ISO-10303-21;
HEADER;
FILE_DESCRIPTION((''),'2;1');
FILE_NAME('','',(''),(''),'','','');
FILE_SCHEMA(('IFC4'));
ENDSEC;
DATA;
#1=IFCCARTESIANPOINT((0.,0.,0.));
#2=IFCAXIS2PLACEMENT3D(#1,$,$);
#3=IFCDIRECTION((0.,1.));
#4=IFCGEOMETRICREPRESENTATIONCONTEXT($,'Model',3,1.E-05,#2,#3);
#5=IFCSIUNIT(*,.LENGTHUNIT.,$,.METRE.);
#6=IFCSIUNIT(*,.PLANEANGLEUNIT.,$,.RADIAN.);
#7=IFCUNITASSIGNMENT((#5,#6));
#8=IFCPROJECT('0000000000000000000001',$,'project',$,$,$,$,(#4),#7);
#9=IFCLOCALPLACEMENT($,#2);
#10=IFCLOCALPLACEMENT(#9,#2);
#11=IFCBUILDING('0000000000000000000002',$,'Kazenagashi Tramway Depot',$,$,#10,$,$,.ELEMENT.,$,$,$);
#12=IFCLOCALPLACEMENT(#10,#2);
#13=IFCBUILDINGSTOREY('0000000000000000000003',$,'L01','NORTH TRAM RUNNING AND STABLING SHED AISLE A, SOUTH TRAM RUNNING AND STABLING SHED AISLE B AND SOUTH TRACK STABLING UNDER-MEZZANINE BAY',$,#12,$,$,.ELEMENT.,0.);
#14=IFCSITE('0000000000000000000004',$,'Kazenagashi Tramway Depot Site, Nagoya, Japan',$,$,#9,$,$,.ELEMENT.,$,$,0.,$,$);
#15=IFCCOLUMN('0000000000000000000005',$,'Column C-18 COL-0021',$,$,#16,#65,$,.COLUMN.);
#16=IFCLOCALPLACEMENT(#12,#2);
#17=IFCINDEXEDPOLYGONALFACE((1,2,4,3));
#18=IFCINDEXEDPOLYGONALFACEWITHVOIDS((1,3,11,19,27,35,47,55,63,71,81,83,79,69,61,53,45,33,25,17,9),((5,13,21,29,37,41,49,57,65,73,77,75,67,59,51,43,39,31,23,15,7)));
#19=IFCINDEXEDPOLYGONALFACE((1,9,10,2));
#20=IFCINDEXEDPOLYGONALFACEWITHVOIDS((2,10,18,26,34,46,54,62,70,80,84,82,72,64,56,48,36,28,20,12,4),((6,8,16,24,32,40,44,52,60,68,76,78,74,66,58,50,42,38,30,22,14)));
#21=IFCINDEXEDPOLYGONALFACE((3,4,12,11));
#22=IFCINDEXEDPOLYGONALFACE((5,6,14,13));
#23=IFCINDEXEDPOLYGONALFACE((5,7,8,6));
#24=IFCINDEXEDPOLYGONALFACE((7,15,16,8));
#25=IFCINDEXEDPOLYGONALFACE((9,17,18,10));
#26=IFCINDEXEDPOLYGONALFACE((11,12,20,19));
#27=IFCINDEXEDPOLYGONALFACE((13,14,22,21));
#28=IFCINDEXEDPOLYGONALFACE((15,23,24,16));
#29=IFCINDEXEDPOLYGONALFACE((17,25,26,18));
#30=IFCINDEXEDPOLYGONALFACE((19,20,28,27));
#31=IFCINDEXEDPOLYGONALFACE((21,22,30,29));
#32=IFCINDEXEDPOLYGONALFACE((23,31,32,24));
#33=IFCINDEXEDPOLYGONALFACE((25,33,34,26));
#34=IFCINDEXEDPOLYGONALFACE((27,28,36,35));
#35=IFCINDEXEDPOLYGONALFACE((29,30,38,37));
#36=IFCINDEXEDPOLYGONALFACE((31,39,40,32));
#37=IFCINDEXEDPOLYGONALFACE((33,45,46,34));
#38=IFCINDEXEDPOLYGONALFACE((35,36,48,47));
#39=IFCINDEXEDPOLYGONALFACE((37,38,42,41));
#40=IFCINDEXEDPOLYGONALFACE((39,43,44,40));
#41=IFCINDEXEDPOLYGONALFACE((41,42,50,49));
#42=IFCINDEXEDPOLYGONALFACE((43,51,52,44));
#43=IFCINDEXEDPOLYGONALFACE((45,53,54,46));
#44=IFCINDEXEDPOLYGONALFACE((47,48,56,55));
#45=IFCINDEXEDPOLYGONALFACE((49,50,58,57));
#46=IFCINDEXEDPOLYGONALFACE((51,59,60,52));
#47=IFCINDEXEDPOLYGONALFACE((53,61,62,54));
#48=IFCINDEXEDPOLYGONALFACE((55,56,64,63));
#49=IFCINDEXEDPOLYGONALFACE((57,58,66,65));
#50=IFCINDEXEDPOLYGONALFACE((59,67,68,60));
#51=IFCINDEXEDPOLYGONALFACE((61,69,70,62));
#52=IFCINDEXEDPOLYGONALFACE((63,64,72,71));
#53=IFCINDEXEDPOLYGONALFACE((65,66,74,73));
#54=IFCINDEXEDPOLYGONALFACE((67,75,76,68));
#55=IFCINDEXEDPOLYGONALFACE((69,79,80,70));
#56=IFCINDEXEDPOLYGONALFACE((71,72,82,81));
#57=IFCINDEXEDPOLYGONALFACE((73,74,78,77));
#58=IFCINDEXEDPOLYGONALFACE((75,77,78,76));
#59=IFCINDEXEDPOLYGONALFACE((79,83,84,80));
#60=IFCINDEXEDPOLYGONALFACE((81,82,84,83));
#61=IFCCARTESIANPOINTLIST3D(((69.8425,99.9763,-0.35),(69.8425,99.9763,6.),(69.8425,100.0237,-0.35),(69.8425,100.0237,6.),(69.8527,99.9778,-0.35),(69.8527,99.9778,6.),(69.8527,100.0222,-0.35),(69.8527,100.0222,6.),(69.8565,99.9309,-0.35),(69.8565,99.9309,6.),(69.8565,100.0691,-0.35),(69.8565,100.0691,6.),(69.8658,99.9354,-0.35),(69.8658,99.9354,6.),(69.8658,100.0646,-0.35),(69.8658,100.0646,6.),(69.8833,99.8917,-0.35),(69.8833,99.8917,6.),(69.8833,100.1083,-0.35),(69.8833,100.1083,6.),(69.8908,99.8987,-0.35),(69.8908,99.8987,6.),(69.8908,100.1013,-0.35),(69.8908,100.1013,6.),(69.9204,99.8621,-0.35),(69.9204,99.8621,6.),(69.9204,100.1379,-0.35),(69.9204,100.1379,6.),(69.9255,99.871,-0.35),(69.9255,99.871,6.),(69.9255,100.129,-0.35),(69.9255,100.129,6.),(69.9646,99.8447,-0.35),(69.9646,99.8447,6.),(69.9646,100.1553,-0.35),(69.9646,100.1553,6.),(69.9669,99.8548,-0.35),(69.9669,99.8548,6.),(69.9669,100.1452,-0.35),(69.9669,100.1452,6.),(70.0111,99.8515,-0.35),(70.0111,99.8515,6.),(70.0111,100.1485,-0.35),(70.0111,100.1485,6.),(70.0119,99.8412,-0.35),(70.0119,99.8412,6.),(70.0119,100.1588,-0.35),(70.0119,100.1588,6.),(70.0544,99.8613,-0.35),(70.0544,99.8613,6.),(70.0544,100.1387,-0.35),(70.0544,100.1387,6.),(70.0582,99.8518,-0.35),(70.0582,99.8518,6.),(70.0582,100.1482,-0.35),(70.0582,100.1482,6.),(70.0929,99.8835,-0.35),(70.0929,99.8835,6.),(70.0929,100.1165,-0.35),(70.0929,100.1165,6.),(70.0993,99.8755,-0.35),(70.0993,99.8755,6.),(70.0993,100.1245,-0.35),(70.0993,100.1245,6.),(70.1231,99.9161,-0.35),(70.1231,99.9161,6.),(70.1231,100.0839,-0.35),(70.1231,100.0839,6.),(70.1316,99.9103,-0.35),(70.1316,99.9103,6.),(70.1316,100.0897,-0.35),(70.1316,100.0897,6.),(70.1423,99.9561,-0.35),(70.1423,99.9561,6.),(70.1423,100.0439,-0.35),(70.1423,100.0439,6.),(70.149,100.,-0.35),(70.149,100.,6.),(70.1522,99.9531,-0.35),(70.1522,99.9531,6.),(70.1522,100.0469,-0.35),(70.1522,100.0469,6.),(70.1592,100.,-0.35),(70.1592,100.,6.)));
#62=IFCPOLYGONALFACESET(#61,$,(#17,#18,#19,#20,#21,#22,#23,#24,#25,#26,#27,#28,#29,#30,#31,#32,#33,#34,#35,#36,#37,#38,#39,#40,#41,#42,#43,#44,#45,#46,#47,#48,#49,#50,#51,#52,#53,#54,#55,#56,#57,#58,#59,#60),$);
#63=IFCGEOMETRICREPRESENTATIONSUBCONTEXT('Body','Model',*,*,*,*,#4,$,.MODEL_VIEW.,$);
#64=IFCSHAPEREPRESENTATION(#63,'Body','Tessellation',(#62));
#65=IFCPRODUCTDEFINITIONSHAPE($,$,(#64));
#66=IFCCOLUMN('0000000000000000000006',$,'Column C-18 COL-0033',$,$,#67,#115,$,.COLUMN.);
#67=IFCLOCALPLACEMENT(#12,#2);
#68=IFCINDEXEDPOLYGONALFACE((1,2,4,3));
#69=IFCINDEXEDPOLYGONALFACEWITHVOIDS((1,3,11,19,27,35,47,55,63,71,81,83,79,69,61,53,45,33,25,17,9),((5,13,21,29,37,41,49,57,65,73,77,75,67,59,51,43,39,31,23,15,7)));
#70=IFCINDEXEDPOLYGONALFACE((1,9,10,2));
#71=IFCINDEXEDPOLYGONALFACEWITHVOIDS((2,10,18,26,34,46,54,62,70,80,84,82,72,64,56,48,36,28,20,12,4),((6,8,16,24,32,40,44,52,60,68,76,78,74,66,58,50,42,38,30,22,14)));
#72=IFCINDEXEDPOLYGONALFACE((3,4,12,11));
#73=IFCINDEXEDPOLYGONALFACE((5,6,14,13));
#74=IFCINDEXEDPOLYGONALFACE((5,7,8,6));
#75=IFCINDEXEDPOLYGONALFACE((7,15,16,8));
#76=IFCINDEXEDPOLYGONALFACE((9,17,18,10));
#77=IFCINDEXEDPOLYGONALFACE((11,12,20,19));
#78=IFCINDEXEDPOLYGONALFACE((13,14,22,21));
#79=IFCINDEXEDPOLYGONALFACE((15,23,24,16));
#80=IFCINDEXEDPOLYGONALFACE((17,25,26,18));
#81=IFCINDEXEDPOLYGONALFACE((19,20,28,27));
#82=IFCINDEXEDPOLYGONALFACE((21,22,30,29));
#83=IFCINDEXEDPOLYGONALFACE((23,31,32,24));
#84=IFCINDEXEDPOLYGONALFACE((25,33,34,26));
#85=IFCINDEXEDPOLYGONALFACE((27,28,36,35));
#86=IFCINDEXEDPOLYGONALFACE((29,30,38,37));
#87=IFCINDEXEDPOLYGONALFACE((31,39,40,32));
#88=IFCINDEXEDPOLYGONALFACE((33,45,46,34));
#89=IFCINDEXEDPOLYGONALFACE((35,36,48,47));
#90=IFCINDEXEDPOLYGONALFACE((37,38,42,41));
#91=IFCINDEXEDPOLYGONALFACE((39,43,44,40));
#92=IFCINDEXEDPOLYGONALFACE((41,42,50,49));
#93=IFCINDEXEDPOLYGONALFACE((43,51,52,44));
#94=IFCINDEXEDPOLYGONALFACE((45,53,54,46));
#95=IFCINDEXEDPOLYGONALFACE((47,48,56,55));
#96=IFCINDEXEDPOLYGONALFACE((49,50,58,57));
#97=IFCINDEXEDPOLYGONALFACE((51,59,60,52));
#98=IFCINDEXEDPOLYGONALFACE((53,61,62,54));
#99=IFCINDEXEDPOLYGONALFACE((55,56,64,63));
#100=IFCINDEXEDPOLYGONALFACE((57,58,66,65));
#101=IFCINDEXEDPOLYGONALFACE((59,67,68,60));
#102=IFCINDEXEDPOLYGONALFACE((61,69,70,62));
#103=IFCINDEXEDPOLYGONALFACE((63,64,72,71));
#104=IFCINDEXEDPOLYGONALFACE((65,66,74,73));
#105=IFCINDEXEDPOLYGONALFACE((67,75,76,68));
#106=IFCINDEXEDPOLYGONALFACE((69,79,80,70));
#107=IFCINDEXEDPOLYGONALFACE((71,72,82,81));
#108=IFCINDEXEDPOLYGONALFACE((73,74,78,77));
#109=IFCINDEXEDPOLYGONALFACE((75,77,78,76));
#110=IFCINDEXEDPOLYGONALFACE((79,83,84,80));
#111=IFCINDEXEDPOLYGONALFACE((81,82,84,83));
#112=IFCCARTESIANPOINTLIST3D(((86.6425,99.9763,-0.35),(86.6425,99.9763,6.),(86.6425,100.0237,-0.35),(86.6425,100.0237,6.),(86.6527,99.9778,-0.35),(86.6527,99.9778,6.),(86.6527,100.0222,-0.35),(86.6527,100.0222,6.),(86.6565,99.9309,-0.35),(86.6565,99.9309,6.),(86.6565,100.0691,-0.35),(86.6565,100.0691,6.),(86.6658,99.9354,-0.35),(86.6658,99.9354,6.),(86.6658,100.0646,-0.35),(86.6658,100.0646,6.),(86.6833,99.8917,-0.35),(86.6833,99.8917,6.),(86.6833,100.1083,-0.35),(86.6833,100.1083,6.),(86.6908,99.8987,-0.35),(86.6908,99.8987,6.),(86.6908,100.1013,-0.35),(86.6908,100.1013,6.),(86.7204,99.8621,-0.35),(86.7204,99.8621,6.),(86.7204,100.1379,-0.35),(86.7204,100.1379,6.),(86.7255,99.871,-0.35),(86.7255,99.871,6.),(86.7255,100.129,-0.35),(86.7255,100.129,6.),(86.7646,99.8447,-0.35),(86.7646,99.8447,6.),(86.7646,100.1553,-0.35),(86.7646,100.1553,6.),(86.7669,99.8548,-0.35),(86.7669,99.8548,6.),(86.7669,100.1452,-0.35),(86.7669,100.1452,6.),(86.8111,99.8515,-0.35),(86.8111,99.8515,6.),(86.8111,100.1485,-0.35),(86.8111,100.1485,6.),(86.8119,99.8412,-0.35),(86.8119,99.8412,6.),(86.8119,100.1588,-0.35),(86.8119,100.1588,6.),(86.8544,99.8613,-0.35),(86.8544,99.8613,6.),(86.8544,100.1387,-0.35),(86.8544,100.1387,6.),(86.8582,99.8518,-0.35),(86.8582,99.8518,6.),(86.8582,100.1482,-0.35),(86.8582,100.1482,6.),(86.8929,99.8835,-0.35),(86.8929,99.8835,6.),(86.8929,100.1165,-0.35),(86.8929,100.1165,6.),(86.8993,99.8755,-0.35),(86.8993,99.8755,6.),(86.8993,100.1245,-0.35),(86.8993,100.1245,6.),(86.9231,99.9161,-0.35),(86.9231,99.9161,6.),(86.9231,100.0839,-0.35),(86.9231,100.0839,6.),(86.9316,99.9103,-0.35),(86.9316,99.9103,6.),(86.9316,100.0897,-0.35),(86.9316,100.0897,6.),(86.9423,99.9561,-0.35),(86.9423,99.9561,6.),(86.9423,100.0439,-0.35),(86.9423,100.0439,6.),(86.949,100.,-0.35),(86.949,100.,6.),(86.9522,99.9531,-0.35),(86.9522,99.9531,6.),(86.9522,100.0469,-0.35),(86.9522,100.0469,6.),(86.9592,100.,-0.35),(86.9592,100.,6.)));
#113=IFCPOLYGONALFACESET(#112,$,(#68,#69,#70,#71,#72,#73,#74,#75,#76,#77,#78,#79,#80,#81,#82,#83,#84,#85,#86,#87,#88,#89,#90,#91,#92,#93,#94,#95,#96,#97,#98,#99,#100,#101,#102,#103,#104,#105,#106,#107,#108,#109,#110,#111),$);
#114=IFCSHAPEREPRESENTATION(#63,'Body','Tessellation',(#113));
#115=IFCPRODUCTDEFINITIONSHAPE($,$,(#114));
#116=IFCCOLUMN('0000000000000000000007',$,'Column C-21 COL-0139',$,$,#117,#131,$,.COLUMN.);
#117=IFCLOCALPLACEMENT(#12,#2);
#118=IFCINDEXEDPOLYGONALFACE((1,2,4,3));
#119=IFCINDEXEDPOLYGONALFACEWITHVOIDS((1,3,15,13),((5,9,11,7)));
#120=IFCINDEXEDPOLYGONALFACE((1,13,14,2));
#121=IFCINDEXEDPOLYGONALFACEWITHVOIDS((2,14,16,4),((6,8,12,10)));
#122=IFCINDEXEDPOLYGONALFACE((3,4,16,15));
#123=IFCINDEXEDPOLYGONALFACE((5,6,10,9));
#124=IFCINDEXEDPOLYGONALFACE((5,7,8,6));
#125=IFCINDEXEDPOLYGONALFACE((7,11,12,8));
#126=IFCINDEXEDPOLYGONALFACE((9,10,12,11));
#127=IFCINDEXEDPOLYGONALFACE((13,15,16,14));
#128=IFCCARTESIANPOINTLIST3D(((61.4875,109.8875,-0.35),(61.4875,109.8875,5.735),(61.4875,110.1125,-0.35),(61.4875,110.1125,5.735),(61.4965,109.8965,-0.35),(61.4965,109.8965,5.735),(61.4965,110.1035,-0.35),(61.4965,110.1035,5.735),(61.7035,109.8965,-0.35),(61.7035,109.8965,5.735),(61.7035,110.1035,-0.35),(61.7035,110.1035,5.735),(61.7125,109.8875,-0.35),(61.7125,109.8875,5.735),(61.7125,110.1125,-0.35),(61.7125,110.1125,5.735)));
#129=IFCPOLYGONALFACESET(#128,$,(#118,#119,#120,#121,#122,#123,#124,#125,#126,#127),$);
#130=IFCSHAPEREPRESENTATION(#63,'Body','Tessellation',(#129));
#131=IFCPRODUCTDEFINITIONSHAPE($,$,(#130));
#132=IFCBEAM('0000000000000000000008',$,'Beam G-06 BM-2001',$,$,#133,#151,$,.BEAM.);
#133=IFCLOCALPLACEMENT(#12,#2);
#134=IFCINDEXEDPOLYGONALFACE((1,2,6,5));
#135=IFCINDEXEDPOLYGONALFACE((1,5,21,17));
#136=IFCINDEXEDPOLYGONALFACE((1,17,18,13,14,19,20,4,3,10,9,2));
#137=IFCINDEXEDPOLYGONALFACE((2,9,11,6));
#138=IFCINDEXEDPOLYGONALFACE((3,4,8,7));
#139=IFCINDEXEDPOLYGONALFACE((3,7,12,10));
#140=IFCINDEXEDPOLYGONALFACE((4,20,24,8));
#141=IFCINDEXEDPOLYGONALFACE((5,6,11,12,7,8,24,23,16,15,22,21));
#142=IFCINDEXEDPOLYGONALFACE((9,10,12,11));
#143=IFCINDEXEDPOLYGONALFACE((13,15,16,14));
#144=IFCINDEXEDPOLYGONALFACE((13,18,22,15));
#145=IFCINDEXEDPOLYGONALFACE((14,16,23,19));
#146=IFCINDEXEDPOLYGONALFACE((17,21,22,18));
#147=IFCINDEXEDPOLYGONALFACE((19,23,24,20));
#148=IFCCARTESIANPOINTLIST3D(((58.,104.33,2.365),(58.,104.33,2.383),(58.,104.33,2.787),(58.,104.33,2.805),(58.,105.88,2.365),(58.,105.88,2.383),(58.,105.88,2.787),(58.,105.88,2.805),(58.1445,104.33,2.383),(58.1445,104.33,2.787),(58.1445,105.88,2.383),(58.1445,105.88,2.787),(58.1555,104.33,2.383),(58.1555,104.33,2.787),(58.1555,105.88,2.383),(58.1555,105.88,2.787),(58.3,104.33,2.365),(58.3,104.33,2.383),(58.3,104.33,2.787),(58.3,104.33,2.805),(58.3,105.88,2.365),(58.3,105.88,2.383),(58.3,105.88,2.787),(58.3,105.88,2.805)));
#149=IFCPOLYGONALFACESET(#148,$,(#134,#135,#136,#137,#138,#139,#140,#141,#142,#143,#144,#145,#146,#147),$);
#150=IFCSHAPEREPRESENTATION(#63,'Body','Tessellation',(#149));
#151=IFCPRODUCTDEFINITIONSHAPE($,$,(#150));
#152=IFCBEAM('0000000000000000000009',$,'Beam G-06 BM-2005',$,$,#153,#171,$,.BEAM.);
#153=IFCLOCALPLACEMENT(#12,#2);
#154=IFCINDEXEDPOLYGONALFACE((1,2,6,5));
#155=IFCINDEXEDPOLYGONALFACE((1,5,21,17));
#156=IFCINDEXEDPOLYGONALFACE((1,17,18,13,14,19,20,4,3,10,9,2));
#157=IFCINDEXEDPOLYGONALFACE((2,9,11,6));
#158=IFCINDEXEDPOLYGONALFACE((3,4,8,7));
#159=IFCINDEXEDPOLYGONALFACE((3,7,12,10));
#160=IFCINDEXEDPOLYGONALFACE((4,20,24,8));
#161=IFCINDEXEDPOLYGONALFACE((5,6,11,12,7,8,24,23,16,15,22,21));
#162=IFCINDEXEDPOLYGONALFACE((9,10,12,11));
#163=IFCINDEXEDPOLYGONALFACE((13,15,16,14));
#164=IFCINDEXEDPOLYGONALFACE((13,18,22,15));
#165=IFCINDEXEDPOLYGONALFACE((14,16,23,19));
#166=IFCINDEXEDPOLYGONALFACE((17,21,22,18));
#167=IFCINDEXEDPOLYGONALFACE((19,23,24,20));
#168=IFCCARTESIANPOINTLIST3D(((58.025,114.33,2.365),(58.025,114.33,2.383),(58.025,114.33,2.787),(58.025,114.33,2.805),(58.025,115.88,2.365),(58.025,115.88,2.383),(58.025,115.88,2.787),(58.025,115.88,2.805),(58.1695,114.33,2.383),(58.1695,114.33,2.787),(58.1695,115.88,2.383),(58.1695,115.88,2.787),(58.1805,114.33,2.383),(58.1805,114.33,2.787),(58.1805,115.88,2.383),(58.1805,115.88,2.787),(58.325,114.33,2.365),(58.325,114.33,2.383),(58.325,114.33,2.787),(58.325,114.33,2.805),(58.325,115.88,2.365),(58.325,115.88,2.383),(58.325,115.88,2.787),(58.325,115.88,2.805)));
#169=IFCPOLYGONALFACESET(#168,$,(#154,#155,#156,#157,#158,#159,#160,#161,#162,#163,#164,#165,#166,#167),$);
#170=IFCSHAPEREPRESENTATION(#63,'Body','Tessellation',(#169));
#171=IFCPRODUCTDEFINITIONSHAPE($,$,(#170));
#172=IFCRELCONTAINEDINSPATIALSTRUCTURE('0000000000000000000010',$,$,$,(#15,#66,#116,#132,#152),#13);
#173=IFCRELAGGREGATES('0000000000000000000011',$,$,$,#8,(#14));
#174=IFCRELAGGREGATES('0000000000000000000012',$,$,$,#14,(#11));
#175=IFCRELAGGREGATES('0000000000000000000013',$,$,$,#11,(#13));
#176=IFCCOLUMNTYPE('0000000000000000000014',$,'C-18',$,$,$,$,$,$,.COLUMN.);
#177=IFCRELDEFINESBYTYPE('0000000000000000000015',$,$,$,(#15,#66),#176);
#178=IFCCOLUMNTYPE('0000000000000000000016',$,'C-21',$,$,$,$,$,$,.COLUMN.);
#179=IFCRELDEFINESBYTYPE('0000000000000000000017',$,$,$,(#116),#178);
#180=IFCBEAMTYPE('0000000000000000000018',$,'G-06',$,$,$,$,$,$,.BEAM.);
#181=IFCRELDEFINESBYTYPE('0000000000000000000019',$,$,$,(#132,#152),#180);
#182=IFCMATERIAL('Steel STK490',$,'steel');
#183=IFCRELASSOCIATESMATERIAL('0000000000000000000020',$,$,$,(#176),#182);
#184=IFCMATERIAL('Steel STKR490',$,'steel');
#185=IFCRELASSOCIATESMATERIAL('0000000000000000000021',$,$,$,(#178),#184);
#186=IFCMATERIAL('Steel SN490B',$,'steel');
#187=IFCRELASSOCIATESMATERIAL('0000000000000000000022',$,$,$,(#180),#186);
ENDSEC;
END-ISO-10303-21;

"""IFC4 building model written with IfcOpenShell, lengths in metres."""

from ifc_helpers import new_model, si_unit, direction, frame, origin, origin_2d, place, context, subcontext, project, spatial, hollow_rectangle, hollow_circle, i_section, extrude, material, material_profile, profile_set, type_object, element, save


model = new_model("IFC4")

# Units and contexts
model_context = context("Model", 3, precision=1e-05, world=origin(), true_north=direction((0.0, 1.0)))
body_context = subcontext(model_context, "Body", "Model", "MODEL_VIEW")
ifc_project = project(units=[si_unit("LENGTHUNIT", "METRE"), si_unit("PLANEANGLEUNIT", "RADIAN")], contexts=[model_context])

# Site, building, storey
site_placement = place(None, origin())
site = spatial("IfcSite", under=ifc_project, at=site_placement, Name="Kazenagashi Tramway Depot Site, Nagoya, Japan", CompositionType="ELEMENT", RefElevation=0.0)
building_placement = place(site_placement, origin())
building = spatial("IfcBuilding", under=site, at=building_placement, Name="Kazenagashi Tramway Depot", CompositionType="ELEMENT")
storey_placement = place(building_placement, origin())
storey = spatial("IfcBuildingStorey", under=building, at=storey_placement, Name="L01", Description="NORTH TRAM RUNNING AND STABLING SHED AISLE A, SOUTH TRAM RUNNING AND STABLING SHED AISLE B AND SOUTH TRACK STABLING UNDER-MEZZANINE BAY", CompositionType="ELEMENT", Elevation=0.0)

# Columns
ifc_material_1 = material(Name="Steel STK490", Category="steel")
ifc_material_profile_1 = material_profile(ifc_material_1, hollow_circle(Radius=0.1593, WallThickness=0.0103, at=origin_2d()), Name="CHS-318.5x10.3")
ifc_profile_set_1 = profile_set([ifc_material_profile_1], Name="Steel STK490")
column_type_1 = type_object("IfcColumnType", Name="C-18", PredefinedType="COLUMN", material=ifc_profile_set_1)
for number, where, z_axis, x_axis, name in (
    (1, (70.0, 100.0, -0.35), (0.0, 0.0, 1.0), (1.0, 0.0, 0.0), "Column C-18 COL-0021"),
    (2, (86.8, 100.0, -0.35), (0.0, 0.0, 1.0), (1.0, 0.0, 0.0), "Column C-18 COL-0033"),
):
    element("IfcColumn", number, at=place(storey_placement, frame(where, z_axis=z_axis, x_axis=x_axis)), inside=storey, type_object=column_type_1, Name=name, PredefinedType="COLUMN", context=body_context, shape_type="SweptSolid", body=[
        extrude(hollow_circle(Radius=0.1593, WallThickness=0.0103, at=origin_2d()), origin(), (0.0, 0.0, 1.0), 6.35),
    ])
ifc_material_2 = material(Name="Steel STKR490", Category="steel")
ifc_material_profile_2 = material_profile(ifc_material_2, hollow_rectangle(XDim=0.225, YDim=0.225, WallThickness=0.009, at=origin_2d()), Name="SHS-225x225x9")
ifc_profile_set_2 = profile_set([ifc_material_profile_2], Name="Steel STKR490")
column_type_2 = type_object("IfcColumnType", Name="C-21", PredefinedType="COLUMN", material=ifc_profile_set_2)
column_1_placement = place(storey_placement, frame((61.6, 110.0, -0.35), z_axis=(0.0, 0.0, 1.0), x_axis=(1.0, 0.0, 0.0)))
element("IfcColumn", 3, at=column_1_placement, inside=storey, type_object=column_type_2, Name="Column C-21 COL-0139", PredefinedType="COLUMN", context=body_context, shape_type="SweptSolid", body=[
    extrude(hollow_rectangle(XDim=0.225, YDim=0.225, WallThickness=0.009, at=origin_2d()), origin(), (0.0, 0.0, 1.0), 6.085),
])

# Beams
ifc_material_3 = material(Name="Steel SN490B", Category="steel")
ifc_material_profile_3 = material_profile(ifc_material_3, i_section(OverallWidth=0.3, OverallDepth=0.44, WebThickness=0.011, FlangeThickness=0.018, at=origin_2d()), Name="H-440x300x11x18")
ifc_profile_set_3 = profile_set([ifc_material_profile_3], Name="Steel SN490B")
beam_type = type_object("IfcBeamType", Name="G-06", PredefinedType="BEAM", material=ifc_profile_set_3)
for number, where, z_axis, x_axis, name in (
    (4, (58.15, 104.33, 2.585), (0.0, 1.0, 0.0), (-1.0, 0.0, 0.0), "Beam G-06 BM-2001"),
    (5, (58.175, 114.33, 2.585), (0.0, 1.0, 0.0), (-1.0, 0.0, 0.0), "Beam G-06 BM-2005"),
):
    element("IfcBeam", number, at=place(storey_placement, frame(where, z_axis=z_axis, x_axis=x_axis)), inside=storey, type_object=beam_type, Name=name, PredefinedType="BEAM", context=body_context, shape_type="SweptSolid", body=[
        extrude(i_section(OverallWidth=0.3, OverallDepth=0.44, WebThickness=0.011, FlangeThickness=0.018, at=origin_2d()), origin(), (0.0, 0.0, 1.0), 1.55),
    ])

save(model, "model.ifc")
